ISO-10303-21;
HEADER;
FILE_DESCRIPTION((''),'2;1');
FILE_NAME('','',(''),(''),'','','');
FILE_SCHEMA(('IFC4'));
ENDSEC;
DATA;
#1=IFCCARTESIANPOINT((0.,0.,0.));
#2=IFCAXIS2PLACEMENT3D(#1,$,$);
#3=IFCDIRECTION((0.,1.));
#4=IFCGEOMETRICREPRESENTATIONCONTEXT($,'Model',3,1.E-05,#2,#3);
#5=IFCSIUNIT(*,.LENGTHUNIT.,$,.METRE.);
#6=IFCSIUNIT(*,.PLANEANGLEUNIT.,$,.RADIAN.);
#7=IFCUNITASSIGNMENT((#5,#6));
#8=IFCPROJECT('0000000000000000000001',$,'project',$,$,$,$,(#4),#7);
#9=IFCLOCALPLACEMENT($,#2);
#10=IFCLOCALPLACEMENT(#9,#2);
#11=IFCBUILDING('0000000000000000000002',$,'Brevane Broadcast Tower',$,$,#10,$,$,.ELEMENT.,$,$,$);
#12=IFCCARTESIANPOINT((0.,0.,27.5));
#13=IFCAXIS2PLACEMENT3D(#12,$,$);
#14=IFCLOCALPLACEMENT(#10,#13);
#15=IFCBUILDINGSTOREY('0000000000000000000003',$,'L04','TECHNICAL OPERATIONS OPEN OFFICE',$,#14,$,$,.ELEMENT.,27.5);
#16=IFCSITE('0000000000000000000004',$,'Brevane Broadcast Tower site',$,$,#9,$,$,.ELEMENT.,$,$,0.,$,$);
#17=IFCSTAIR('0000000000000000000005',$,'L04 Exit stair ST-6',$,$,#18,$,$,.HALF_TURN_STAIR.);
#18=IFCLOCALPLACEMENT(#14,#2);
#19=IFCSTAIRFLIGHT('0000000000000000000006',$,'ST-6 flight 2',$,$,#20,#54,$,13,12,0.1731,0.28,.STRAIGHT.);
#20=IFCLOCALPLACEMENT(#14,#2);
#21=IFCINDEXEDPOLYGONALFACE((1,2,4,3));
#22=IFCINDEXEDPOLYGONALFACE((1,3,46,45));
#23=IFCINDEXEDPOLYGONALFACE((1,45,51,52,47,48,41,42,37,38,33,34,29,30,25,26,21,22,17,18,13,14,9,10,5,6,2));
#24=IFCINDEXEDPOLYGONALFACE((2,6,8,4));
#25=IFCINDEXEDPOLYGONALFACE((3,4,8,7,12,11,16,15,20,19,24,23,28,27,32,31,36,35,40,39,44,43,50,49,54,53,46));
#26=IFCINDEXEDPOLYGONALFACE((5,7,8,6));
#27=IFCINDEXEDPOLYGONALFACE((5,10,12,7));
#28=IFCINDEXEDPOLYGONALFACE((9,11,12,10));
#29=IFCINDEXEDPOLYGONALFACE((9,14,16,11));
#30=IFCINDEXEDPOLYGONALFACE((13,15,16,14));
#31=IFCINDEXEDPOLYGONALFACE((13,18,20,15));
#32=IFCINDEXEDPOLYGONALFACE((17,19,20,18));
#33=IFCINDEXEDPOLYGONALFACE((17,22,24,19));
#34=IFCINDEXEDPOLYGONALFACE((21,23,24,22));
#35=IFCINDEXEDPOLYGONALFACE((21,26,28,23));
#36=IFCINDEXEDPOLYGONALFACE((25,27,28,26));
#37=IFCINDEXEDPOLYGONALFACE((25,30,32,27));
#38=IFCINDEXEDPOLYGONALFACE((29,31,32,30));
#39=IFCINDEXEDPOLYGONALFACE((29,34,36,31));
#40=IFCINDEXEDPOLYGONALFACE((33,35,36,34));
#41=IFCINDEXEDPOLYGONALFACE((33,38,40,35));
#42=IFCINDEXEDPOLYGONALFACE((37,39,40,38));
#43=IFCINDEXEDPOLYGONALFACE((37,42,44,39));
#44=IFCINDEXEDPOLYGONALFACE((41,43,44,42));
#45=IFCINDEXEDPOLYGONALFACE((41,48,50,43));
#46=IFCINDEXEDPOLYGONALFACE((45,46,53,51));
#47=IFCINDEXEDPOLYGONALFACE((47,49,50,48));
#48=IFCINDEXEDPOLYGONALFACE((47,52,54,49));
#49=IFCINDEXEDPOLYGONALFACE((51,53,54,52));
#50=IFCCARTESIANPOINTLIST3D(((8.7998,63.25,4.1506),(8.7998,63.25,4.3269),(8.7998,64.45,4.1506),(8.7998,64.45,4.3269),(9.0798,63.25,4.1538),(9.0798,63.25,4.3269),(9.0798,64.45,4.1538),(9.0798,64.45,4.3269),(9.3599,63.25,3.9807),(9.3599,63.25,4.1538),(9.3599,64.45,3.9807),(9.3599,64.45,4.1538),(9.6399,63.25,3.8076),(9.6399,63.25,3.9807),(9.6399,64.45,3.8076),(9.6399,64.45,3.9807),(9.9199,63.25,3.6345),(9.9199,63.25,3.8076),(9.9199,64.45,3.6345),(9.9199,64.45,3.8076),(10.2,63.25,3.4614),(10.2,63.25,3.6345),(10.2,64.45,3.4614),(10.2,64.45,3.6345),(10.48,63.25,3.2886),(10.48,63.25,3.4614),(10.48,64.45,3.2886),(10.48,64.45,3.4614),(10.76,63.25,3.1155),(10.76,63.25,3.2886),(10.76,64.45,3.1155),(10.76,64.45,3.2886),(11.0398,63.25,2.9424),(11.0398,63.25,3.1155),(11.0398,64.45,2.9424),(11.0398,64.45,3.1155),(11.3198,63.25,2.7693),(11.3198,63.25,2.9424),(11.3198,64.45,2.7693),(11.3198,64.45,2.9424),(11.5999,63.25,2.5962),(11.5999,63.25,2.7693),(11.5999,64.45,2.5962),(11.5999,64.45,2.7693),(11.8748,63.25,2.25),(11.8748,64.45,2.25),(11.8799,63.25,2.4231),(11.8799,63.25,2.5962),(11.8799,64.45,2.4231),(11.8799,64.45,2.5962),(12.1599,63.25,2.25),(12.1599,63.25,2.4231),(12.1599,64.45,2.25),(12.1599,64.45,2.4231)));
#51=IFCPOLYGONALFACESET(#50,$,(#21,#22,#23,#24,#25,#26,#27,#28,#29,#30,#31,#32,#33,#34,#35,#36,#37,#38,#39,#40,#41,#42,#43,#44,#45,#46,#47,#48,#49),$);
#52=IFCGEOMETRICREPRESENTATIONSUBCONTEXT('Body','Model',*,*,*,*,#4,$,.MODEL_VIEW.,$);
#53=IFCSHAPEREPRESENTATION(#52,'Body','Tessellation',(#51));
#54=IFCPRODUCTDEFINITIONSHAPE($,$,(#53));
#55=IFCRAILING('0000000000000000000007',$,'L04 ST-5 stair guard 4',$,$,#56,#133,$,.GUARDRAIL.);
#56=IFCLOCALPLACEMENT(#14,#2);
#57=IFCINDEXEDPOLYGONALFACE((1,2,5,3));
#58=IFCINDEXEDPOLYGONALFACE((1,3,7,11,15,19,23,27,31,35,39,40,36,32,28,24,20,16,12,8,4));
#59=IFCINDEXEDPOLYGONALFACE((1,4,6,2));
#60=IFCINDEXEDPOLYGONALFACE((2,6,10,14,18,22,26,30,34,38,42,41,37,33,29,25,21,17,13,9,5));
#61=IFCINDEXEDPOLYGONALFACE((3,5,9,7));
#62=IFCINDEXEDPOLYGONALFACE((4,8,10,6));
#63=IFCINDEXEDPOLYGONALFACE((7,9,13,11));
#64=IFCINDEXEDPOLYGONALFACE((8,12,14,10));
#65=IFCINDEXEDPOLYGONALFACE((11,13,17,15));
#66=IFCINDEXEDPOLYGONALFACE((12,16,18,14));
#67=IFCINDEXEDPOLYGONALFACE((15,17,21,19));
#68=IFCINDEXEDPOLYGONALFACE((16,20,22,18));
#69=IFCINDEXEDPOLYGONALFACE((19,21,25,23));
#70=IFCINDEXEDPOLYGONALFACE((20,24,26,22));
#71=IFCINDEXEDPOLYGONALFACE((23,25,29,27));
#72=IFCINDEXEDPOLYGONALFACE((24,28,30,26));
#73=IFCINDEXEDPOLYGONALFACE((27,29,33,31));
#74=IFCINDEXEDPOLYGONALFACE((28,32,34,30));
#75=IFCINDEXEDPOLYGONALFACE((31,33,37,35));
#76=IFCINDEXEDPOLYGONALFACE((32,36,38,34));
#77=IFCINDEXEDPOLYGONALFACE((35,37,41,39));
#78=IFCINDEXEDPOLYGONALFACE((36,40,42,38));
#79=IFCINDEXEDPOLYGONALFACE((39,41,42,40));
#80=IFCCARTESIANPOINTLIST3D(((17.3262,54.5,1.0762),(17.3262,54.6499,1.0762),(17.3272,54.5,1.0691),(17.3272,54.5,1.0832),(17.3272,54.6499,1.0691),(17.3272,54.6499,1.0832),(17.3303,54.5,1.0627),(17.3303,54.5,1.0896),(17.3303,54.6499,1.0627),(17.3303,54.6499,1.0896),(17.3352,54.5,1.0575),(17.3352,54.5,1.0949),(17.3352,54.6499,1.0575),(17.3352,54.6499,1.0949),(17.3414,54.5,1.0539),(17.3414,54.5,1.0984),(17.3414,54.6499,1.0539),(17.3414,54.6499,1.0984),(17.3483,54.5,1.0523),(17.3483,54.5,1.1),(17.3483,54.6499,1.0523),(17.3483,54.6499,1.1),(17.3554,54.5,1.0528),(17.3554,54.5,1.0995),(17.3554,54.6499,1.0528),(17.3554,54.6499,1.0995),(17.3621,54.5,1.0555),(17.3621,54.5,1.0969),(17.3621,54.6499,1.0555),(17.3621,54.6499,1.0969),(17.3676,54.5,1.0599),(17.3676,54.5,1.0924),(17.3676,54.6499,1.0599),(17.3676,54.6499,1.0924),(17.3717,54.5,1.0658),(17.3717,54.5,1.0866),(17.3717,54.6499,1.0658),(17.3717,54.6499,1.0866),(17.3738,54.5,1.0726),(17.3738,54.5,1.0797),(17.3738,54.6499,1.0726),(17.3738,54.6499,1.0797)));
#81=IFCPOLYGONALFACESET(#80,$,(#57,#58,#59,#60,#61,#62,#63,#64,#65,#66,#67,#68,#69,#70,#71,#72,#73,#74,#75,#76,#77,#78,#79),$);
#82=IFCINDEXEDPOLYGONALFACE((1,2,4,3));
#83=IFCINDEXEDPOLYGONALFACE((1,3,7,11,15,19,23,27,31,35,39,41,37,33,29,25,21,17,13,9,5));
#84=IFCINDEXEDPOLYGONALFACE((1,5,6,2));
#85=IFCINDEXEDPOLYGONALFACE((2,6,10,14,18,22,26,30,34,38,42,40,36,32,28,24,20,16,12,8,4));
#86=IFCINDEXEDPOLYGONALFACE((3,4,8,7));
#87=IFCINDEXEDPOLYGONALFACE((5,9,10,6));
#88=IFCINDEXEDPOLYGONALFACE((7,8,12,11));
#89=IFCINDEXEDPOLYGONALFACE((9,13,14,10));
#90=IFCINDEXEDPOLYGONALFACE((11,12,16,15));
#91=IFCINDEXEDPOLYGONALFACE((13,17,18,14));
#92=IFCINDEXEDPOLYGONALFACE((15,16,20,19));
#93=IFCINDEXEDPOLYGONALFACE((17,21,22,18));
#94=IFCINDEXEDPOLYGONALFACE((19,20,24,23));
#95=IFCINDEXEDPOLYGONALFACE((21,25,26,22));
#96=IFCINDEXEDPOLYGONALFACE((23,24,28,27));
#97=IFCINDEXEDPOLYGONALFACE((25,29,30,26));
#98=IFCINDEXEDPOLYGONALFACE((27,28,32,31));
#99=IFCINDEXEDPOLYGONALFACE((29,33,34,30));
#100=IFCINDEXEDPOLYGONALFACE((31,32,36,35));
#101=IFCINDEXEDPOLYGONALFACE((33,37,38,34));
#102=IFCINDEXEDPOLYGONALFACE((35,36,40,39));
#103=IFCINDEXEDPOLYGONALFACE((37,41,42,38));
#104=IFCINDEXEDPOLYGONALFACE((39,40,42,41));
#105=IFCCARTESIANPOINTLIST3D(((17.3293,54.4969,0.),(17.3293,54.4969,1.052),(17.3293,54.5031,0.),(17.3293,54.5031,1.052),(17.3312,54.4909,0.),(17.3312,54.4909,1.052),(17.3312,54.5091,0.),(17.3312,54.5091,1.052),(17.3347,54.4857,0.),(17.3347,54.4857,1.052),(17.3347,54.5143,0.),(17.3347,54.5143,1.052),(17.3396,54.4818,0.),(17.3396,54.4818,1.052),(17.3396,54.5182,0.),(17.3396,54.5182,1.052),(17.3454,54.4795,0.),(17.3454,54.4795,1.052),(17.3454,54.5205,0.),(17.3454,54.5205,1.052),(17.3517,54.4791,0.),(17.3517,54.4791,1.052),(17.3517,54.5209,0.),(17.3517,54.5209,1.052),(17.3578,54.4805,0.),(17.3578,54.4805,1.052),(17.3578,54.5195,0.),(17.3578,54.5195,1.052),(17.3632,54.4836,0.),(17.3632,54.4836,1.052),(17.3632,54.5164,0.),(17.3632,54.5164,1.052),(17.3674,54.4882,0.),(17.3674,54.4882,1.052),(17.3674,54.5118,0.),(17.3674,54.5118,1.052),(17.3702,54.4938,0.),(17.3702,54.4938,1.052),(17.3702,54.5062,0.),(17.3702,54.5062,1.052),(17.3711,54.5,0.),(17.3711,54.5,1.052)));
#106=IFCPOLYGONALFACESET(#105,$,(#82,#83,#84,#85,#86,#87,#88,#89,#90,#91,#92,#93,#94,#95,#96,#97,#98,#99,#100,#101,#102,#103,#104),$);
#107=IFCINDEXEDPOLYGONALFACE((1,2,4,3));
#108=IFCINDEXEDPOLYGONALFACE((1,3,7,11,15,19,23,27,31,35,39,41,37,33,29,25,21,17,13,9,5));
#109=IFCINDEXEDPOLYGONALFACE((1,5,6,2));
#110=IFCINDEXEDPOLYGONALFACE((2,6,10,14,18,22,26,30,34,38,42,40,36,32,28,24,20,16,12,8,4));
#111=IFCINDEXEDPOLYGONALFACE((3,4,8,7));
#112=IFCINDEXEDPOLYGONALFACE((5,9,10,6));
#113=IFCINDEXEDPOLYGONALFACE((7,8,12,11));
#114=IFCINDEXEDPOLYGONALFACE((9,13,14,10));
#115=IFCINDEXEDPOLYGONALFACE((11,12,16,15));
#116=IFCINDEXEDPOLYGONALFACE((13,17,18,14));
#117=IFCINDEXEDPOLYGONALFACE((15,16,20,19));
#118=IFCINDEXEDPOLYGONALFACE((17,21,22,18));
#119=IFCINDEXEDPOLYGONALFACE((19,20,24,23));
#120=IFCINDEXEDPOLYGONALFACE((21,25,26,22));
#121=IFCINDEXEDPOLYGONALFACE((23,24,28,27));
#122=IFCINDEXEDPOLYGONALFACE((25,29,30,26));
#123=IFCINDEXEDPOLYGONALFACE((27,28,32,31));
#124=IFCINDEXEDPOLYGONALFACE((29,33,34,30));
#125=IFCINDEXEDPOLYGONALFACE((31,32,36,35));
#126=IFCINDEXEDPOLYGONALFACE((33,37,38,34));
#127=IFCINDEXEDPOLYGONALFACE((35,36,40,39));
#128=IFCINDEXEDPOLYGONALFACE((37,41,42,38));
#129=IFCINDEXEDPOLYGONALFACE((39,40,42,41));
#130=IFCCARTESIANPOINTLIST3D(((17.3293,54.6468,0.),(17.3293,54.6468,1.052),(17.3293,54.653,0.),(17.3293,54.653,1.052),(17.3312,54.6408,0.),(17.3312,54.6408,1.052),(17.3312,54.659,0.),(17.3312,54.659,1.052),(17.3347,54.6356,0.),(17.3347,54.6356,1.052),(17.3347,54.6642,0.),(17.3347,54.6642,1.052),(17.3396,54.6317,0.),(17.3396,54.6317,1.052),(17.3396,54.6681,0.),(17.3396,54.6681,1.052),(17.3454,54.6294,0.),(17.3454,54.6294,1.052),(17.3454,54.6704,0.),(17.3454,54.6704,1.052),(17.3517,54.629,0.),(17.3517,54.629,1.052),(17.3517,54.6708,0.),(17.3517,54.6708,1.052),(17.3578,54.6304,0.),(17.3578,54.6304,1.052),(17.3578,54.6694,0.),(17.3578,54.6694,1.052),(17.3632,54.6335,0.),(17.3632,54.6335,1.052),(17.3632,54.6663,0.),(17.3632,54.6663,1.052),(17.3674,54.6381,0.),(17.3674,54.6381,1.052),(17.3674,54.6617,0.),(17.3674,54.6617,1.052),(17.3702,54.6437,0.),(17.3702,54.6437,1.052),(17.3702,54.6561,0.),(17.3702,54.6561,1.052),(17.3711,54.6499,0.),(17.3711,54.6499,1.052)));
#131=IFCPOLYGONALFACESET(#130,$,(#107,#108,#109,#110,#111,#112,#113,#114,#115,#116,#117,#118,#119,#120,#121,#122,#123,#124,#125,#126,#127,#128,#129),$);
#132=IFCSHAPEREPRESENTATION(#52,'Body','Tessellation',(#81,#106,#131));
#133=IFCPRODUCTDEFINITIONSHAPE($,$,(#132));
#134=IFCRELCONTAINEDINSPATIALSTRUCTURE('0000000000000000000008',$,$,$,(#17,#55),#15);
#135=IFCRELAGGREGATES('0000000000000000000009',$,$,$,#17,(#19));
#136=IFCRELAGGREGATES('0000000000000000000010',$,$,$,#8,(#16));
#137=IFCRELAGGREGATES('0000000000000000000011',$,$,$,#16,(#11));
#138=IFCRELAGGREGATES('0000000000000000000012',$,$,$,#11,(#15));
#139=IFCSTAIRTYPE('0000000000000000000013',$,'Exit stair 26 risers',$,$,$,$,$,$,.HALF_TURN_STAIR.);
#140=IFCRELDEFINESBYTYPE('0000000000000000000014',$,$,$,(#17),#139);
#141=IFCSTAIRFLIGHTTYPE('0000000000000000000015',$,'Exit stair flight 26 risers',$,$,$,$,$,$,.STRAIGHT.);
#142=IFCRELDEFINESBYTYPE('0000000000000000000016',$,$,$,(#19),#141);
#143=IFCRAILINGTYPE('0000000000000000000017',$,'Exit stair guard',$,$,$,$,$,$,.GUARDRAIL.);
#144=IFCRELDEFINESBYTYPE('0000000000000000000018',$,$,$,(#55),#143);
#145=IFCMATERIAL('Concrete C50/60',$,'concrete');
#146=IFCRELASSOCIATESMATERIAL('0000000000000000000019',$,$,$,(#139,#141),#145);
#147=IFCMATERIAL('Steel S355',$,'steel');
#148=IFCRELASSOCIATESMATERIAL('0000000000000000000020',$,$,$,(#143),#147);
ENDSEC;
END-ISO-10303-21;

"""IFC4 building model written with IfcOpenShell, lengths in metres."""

from ifc_helpers import new_model, si_unit, direction, frame, origin, origin_2d, place, context, subcontext, project, spatial, polyline, circle, outline, extrude, material, type_object, element, aggregate, save


model = new_model("IFC4")

# Units and contexts
model_context = context("Model", 3, precision=1e-05, world=origin(), true_north=direction((0.0, 1.0)))
body_context = subcontext(model_context, "Body", "Model", "MODEL_VIEW")
ifc_project = project(units=[si_unit("LENGTHUNIT", "METRE"), si_unit("PLANEANGLEUNIT", "RADIAN")], contexts=[model_context])

# Site, building, storey
site_placement = place(None, origin())
site = spatial("IfcSite", under=ifc_project, at=site_placement, Name="Brevane Broadcast Tower site", CompositionType="ELEMENT", RefElevation=0.0)
building_placement = place(site_placement, origin())
building = spatial("IfcBuilding", under=site, at=building_placement, Name="Brevane Broadcast Tower", CompositionType="ELEMENT")
storey_placement = place(building_placement, frame((0.0, 0.0, 27.5)))
storey = spatial("IfcBuildingStorey", under=building, at=storey_placement, Name="L04", Description="TECHNICAL OPERATIONS OPEN OFFICE", CompositionType="ELEMENT", Elevation=27.5)

# Stair, stair flight
ifc_material_1 = material(Name="Concrete C50/60", Category="concrete")
stair_type = type_object("IfcStairType", Name="Exit stair 26 risers", PredefinedType="HALF_TURN_STAIR", material=ifc_material_1)
stair_placement = place(storey_placement, origin())
stair = element("IfcStair", 1, at=stair_placement, inside=storey, type_object=stair_type, Name="L04 Exit stair ST-6", PredefinedType="HALF_TURN_STAIR")
stair_flight_type = type_object("IfcStairFlightType", Name="Exit stair flight 26 risers", PredefinedType="STRAIGHT", material=ifc_material_1)
stair_flight_1_placement = place(storey_placement, frame((12.1599, 63.8501, 2.25), z_axis=(0.0, 0.0, 1.0), x_axis=(-1.0, 0.0, 0.0)))
stair_flight_1 = element("IfcStairFlight", 2, at=stair_flight_1_placement, type_object=stair_flight_type, Name="ST-6 flight 2", NumberOfRisers=13, NumberOfTreads=12, PredefinedType="STRAIGHT", RiserHeight=0.1731, TreadLength=0.28, context=body_context, shape_type="SweptSolid", body=[
    extrude(outline(polyline([(0.0, 0.0), (0.0, 0.1731), (0.28, 0.1731), (0.28, 0.3462), (0.5601, 0.3462), (0.5601, 0.5193), (0.8401, 0.5193), (0.8401, 0.6924), (1.1201, 0.6924), (1.1201, 0.8655), (1.3999, 0.8655), (1.3999, 1.0386), (1.6799, 1.0386), (1.6799, 1.2114), (1.96, 1.2114), (1.96, 1.3845), (2.24, 1.3845), (2.24, 1.5576), (2.52, 1.5576), (2.52, 1.7307), (2.8, 1.7307), (2.8, 1.9038), (3.0801, 1.9038), (3.0801, 2.0769), (3.3601, 2.0769), (3.3601, 2.25), (3.3601, 1.9006), (0.2852, 0.0), (0.0, 0.0)])), frame((0.0, 0.6001, 0.0), z_axis=(0.0, -1.0, 0.0), x_axis=(1.0, 0.0, 0.0)), (0.0, 0.0, 1.0), 1.2),
])
aggregate(stair, [stair_flight_1])

# Railing
ifc_material_2 = material(Name="Steel S355", Category="steel")
railing_type_1 = type_object("IfcRailingType", Name="Exit stair guard", PredefinedType="GUARDRAIL", material=ifc_material_2)
railing_1_placement = place(storey_placement, frame((17.3501, 54.5, 0.0)))
element("IfcRailing", 3, at=railing_1_placement, inside=storey, type_object=railing_type_1, Name="L04 ST-5 stair guard 4", PredefinedType="GUARDRAIL", context=body_context, shape_type="SweptSolid", body=[
    extrude(circle(Radius=0.0239, at=origin_2d()), frame((0.0, 0.0, 1.0762), z_axis=(0.0, 1.0, 0.0), x_axis=(-1.0, 0.0, 0.0)), (0.0, 0.0, 1.0), 0.1499),
    extrude(circle(Radius=0.021, at=origin_2d()), origin(), (0.0, 0.0, 1.0), 1.052),
    extrude(circle(Radius=0.021, at=origin_2d()), frame((0.0, 0.1499, 0.0)), (0.0, 0.0, 1.0), 1.052),
])

save(model, "model.ifc")
